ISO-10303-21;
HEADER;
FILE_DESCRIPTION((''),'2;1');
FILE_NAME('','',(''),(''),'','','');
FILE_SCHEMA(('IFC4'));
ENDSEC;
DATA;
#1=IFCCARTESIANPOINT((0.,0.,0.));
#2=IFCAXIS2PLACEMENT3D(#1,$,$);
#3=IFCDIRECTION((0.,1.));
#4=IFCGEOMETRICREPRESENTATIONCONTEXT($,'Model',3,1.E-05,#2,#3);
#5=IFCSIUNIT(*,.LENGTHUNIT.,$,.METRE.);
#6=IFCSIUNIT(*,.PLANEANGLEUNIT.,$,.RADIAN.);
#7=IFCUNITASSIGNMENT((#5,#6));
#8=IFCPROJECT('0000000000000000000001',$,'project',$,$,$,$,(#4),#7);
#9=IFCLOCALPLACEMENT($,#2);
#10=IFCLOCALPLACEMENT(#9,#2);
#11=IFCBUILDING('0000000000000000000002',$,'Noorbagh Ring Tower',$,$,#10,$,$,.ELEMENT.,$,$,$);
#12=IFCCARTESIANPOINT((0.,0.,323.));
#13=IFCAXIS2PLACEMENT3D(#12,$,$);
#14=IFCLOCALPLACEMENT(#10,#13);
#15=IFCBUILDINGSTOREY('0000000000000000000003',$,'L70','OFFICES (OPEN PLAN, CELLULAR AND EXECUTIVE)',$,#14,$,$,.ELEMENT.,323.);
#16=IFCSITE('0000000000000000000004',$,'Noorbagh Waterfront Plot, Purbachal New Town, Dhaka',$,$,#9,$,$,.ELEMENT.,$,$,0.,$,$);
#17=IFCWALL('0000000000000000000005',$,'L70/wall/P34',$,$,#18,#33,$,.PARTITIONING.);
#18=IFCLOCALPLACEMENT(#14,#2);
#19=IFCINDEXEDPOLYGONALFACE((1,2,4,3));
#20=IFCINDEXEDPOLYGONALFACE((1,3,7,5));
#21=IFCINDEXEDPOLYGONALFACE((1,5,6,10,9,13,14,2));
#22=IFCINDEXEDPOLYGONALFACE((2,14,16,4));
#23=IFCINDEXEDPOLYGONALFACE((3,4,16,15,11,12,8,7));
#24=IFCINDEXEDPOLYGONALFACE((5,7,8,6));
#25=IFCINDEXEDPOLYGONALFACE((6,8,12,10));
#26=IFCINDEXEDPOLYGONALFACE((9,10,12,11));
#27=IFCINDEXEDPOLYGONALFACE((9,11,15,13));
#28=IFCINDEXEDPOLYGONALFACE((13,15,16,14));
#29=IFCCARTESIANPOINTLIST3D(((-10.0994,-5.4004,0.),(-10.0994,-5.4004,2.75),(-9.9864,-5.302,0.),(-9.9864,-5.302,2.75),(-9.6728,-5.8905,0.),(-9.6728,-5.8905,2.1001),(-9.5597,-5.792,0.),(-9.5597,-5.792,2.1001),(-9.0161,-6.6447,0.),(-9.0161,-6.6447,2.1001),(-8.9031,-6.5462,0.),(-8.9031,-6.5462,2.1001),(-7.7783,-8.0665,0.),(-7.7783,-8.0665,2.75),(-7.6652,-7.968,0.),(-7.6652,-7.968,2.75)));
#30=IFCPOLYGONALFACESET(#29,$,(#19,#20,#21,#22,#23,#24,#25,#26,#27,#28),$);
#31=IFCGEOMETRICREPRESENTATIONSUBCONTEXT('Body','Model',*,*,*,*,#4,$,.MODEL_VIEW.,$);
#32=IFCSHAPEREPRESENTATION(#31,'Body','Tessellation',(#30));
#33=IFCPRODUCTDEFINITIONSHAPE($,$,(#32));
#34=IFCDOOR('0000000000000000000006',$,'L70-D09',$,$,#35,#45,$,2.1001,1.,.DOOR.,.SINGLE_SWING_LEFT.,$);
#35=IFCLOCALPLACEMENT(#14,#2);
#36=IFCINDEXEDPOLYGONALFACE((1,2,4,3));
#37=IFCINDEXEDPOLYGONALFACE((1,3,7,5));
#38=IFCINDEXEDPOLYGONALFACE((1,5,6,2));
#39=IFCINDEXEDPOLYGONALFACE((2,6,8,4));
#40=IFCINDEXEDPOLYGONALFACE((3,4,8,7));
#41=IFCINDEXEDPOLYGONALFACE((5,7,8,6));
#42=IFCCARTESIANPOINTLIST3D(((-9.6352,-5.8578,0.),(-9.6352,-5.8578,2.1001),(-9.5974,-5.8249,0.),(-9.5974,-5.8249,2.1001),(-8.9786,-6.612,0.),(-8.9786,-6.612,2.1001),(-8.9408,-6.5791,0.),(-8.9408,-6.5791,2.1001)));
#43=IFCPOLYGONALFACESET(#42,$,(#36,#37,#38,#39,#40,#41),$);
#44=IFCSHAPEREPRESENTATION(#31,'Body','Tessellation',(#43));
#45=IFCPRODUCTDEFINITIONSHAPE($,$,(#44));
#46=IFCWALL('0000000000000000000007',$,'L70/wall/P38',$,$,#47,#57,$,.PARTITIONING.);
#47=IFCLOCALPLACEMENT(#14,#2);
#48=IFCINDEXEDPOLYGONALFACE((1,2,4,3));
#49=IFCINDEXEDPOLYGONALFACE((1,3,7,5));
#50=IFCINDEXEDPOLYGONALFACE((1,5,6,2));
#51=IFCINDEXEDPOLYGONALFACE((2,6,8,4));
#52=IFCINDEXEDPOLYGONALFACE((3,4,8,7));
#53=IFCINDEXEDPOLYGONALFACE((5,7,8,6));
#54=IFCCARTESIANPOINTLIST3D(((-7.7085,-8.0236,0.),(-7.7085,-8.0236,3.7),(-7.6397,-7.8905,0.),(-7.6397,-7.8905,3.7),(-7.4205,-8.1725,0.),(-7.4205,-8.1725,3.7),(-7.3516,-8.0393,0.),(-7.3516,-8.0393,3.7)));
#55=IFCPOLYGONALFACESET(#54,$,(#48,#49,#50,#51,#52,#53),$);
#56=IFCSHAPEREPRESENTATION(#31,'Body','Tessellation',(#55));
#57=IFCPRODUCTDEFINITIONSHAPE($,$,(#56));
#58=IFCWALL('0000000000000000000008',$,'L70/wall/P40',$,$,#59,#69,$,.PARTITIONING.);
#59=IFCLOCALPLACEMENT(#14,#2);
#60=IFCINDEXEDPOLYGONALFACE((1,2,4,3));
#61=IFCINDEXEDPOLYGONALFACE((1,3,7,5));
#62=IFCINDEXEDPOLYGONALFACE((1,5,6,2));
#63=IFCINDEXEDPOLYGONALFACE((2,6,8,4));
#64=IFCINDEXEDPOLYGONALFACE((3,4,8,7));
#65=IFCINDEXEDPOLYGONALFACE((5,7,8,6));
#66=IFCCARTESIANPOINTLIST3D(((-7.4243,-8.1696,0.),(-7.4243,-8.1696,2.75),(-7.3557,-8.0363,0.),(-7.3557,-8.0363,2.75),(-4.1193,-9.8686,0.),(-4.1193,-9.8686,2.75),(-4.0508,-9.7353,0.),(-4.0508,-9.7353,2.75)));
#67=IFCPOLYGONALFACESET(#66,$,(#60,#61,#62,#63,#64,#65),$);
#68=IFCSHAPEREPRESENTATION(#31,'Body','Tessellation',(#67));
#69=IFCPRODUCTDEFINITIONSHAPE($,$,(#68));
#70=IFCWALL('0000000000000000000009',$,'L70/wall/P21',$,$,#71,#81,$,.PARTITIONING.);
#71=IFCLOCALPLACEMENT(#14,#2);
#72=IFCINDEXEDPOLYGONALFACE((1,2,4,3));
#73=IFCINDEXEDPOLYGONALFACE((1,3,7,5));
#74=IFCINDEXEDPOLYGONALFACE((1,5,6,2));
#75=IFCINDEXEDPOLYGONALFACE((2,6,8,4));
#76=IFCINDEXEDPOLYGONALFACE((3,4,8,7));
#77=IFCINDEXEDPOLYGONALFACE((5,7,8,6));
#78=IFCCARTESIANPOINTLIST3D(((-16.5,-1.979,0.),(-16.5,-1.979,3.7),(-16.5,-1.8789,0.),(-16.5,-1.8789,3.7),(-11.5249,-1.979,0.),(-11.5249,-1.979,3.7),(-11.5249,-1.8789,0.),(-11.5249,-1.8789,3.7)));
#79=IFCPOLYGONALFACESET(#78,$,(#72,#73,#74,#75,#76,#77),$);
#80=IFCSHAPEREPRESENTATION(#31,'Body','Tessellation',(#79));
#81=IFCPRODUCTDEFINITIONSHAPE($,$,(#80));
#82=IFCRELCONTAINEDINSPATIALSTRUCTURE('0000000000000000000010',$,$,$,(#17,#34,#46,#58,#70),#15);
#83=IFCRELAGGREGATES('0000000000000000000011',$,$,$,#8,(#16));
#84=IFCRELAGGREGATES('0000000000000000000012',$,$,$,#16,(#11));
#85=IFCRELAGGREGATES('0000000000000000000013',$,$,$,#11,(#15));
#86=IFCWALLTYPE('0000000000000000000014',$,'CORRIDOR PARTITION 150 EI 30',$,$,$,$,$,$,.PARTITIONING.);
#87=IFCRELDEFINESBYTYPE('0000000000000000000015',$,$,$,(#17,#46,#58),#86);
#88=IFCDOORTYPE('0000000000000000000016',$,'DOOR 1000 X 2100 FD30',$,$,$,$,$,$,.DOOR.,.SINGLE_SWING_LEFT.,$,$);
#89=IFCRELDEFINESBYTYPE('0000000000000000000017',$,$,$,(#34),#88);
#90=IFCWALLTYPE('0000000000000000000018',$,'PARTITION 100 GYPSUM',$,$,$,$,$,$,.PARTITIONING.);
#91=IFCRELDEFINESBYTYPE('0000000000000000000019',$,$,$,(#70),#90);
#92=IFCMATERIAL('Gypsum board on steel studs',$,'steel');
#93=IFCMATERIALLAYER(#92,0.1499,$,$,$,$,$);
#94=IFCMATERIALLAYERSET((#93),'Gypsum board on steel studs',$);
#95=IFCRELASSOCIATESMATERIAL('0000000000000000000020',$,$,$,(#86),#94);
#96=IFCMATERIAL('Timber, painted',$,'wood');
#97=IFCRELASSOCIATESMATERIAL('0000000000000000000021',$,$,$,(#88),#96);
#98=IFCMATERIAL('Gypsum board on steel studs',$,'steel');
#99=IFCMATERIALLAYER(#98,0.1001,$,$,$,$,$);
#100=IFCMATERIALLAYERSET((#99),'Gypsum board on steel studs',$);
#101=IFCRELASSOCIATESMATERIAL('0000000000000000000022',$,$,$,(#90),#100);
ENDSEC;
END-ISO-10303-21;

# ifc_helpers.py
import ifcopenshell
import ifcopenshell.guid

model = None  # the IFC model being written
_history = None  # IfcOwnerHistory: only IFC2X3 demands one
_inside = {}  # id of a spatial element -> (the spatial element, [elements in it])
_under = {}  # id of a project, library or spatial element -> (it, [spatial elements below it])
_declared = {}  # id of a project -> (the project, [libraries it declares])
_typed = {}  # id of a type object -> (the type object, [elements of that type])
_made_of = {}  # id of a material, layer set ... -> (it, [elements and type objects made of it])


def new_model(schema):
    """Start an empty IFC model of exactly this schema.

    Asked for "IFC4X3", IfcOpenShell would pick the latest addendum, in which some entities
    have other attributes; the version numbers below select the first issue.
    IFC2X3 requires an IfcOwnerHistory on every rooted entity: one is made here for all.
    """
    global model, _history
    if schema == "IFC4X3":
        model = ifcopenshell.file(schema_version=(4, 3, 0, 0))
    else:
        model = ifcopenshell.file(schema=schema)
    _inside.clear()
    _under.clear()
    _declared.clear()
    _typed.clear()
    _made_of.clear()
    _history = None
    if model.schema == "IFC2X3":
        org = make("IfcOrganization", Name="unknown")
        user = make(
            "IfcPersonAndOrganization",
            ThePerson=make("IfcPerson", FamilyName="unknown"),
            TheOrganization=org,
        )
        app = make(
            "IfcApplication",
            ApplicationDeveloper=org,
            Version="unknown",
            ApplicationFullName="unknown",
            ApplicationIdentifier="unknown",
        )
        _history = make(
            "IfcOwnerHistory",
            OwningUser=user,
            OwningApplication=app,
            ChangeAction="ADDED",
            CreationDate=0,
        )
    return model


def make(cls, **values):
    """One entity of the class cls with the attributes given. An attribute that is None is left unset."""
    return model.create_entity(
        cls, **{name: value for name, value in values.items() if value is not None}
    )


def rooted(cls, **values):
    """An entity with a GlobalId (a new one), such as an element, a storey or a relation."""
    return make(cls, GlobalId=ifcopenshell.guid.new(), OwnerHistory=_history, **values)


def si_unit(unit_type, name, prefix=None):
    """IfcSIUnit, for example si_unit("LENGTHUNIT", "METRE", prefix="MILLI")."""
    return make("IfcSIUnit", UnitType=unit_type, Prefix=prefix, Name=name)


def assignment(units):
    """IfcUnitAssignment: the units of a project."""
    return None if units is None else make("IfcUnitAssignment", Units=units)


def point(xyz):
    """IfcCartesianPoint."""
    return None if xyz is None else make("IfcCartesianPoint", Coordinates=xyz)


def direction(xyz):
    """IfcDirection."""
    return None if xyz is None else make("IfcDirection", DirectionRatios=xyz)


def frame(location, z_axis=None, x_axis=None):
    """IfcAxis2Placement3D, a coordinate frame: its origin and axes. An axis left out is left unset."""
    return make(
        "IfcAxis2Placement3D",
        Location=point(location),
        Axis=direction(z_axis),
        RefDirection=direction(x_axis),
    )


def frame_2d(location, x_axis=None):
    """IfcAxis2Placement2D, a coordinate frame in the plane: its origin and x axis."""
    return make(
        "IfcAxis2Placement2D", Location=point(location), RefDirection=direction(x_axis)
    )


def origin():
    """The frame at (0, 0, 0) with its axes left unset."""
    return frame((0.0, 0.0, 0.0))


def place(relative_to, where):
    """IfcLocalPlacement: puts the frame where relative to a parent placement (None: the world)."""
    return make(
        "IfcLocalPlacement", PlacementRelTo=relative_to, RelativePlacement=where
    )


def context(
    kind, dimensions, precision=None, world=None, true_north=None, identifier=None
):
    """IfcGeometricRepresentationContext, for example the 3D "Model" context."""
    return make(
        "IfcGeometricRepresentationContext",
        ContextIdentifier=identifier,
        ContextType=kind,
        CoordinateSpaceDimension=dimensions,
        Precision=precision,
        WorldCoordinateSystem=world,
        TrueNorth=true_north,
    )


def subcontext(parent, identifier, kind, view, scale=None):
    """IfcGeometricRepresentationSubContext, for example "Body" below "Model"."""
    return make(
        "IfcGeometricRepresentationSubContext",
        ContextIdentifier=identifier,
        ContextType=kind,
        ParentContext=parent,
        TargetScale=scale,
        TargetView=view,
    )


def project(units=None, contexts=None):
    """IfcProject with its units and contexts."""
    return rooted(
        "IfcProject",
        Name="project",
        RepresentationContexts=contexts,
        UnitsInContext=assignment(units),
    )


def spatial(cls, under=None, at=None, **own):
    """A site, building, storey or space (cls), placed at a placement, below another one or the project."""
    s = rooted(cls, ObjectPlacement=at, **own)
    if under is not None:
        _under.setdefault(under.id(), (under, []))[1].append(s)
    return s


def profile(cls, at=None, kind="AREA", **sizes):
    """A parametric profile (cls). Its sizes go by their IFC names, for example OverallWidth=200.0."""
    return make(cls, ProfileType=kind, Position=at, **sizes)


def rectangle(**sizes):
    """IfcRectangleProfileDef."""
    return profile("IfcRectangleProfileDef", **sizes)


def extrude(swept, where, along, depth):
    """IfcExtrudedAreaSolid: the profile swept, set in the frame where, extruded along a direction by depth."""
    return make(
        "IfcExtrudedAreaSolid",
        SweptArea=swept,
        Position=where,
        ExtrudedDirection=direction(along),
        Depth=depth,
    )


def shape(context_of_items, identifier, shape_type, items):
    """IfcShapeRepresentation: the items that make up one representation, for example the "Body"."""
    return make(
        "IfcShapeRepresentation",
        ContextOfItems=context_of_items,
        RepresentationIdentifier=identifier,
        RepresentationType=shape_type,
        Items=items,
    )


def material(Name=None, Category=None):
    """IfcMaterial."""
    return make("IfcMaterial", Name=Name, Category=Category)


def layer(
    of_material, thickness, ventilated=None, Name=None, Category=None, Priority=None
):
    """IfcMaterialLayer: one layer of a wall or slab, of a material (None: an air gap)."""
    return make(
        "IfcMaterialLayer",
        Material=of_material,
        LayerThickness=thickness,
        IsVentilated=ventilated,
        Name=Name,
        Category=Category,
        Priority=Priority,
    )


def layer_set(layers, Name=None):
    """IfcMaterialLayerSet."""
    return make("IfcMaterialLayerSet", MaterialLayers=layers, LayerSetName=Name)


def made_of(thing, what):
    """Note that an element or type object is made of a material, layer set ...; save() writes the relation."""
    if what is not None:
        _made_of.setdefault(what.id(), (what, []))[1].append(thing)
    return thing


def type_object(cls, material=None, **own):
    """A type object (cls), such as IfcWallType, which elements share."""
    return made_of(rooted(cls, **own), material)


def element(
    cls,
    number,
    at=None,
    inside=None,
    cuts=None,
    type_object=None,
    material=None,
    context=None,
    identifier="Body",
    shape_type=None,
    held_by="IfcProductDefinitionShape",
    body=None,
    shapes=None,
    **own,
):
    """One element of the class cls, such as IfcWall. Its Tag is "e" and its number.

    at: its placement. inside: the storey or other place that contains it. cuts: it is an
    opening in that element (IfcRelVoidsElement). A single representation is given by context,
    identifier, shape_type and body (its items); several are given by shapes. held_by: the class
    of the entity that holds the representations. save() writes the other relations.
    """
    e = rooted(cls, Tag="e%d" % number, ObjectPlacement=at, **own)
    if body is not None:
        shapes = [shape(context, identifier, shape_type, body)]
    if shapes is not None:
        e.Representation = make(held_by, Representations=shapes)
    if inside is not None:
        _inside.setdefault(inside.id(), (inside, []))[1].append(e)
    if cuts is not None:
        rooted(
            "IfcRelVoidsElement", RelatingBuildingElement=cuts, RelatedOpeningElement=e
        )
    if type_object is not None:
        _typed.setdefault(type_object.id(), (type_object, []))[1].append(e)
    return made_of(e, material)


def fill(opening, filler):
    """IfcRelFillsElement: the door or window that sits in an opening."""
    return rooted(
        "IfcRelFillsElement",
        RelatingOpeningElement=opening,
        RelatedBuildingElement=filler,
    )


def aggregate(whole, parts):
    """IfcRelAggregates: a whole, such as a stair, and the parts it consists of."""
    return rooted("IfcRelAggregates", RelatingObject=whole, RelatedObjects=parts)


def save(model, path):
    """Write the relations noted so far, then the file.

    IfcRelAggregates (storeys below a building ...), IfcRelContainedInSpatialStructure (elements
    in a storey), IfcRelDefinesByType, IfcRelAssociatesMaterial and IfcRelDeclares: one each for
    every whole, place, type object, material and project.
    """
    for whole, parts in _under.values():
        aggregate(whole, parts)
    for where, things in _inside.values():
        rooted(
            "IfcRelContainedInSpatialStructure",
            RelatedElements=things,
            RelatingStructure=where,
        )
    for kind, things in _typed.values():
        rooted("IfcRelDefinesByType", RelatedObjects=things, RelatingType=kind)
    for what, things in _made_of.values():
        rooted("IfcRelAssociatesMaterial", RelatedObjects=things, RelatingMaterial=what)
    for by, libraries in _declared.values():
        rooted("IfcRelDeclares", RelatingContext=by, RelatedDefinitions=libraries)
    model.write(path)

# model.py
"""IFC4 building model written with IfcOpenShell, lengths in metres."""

from ifc_helpers import new_model, si_unit, direction, frame, frame_2d, origin, place, context, subcontext, project, spatial, rectangle, extrude, material, layer, layer_set, type_object, element, fill, save


model = new_model("IFC4")

# Units and contexts
model_context = context("Model", 3, precision=1e-05, world=origin(), true_north=direction((0.0, 1.0)))
body_context = subcontext(model_context, "Body", "Model", "MODEL_VIEW")
ifc_project = project(units=[si_unit("LENGTHUNIT", "METRE"), si_unit("PLANEANGLEUNIT", "RADIAN")], contexts=[model_context])

# Site, building, storey
site_placement = place(None, origin())
site = spatial("IfcSite", under=ifc_project, at=site_placement, Name="Noorbagh Waterfront Plot, Purbachal New Town, Dhaka", CompositionType="ELEMENT", RefElevation=0.0)
building_placement = place(site_placement, origin())
building = spatial("IfcBuilding", under=site, at=building_placement, Name="Noorbagh Ring Tower", CompositionType="ELEMENT")
storey_placement = place(building_placement, frame((0.0, 0.0, 323.0)))
storey = spatial("IfcBuildingStorey", under=building, at=storey_placement, Name="L70", Description="OFFICES (OPEN PLAN, CELLULAR AND EXECUTIVE)", CompositionType="ELEMENT", Elevation=323.0)

# Shared definitions
ifc_material_1 = material(Name="Gypsum board on steel studs", Category="steel")
ifc_layer_1 = layer(ifc_material_1, 0.1499)
ifc_layer_set_1 = layer_set([ifc_layer_1], Name="Gypsum board on steel studs")
wall_type_1 = type_object("IfcWallType", Name="CORRIDOR PARTITION 150 EI 30", PredefinedType="PARTITIONING", material=ifc_layer_set_1)
ifc_material_2 = material(Name="Timber, painted", Category="wood")
door_type_1 = type_object("IfcDoorType", Name="DOOR 1000 X 2100 FD30", OperationType="SINGLE_SWING_LEFT", PredefinedType="DOOR", material=ifc_material_2)

# Wall, opening, door
wall_1_placement = place(storey_placement, frame((-10.043, -5.3511, 0.0), z_axis=(0.0, 0.0, 1.0), x_axis=(0.656625, -0.754217, 0.0)))
wall_1 = element("IfcWall", 1, at=wall_1_placement, inside=storey, type_object=wall_type_1, Name="L70/wall/P34", PredefinedType="PARTITIONING", context=body_context, shape_type="SweptSolid", body=[
    extrude(rectangle(XDim=3.5349, YDim=0.1499, at=frame_2d((1.7676, 0.0))), origin(), (0.0, 0.0, 1.0), 2.75),
])
opening_1_placement = place(wall_1_placement, frame((0.6499, 0.0, 0.0)))
opening_1 = element("IfcOpeningElement", 2, at=opening_1_placement, cuts=wall_1, PredefinedType="OPENING", context=body_context, shape_type="SweptSolid", body=[
    extrude(rectangle(XDim=1.0, YDim=2.1001, at=frame_2d((0.5, 1.05))), frame((0.0, 0.085, 0.0), z_axis=(0.0, -1.0, 0.0), x_axis=(1.0, 0.0, 0.0)), (0.0, 0.0, 1.0), 0.1699),
])
door_1_placement = place(opening_1_placement, origin())
door_1 = element("IfcDoor", 3, at=door_1_placement, inside=storey, type_object=door_type_1, Name="L70-D09", OperationType="SINGLE_SWING_LEFT", OverallHeight=2.1001, OverallWidth=1.0, PredefinedType="DOOR", context=body_context, shape_type="SweptSolid", body=[
    extrude(rectangle(XDim=1.0, YDim=2.1001, at=frame_2d((0.5, 1.05))), frame((0.0, 0.0249, 0.0), z_axis=(0.0, -1.0, 0.0), x_axis=(1.0, 0.0, 0.0)), (0.0, 0.0, 1.0), 0.05),
])
fill(opening_1, door_1)

# Walls
wall_2_placement = place(storey_placement, frame((-7.6741, -7.957, 0.0), z_axis=(0.0, 0.0, 1.0), x_axis=(0.888324, -0.459218, 0.0)))
element("IfcWall", 4, at=wall_2_placement, inside=storey, type_object=wall_type_1, Name="L70/wall/P38", PredefinedType="PARTITIONING", context=body_context, shape_type="SweptSolid", body=[
    extrude(rectangle(XDim=0.3242, YDim=0.1499, at=frame_2d((0.1621, 0.0))), origin(), (0.0, 0.0, 1.0), 3.7),
])
wall_3_placement = place(storey_placement, frame((-7.3899, -8.103, 0.0), z_axis=(0.0, 0.0, 1.0), x_axis=(0.889365, -0.457198, 0.0)))
element("IfcWall", 5, at=wall_3_placement, inside=storey, type_object=wall_type_1, Name="L70/wall/P40", PredefinedType="PARTITIONING", context=body_context, shape_type="SweptSolid", body=[
    extrude(rectangle(XDim=3.7161, YDim=0.1499, at=frame_2d((1.8579, 0.0))), origin(), (0.0, 0.0, 1.0), 2.75),
])
ifc_material_3 = material(Name="Gypsum board on steel studs", Category="steel")
ifc_layer_2 = layer(ifc_material_3, 0.1001)
ifc_layer_set_2 = layer_set([ifc_layer_2], Name="Gypsum board on steel studs")
wall_type_2 = type_object("IfcWallType", Name="PARTITION 100 GYPSUM", PredefinedType="PARTITIONING", material=ifc_layer_set_2)
wall_4_placement = place(storey_placement, frame((-16.5, -1.929, 0.0), z_axis=(0.0, 0.0, 1.0), x_axis=(1.0, 0.0, 0.0)))
element("IfcWall", 6, at=wall_4_placement, inside=storey, type_object=wall_type_2, Name="L70/wall/P21", PredefinedType="PARTITIONING", context=body_context, shape_type="SweptSolid", body=[
    extrude(rectangle(XDim=4.9751, YDim=0.1001, at=frame_2d((2.4875, 0.0))), origin(), (0.0, 0.0, 1.0), 3.7),
])

save(model, "model.ifc")
